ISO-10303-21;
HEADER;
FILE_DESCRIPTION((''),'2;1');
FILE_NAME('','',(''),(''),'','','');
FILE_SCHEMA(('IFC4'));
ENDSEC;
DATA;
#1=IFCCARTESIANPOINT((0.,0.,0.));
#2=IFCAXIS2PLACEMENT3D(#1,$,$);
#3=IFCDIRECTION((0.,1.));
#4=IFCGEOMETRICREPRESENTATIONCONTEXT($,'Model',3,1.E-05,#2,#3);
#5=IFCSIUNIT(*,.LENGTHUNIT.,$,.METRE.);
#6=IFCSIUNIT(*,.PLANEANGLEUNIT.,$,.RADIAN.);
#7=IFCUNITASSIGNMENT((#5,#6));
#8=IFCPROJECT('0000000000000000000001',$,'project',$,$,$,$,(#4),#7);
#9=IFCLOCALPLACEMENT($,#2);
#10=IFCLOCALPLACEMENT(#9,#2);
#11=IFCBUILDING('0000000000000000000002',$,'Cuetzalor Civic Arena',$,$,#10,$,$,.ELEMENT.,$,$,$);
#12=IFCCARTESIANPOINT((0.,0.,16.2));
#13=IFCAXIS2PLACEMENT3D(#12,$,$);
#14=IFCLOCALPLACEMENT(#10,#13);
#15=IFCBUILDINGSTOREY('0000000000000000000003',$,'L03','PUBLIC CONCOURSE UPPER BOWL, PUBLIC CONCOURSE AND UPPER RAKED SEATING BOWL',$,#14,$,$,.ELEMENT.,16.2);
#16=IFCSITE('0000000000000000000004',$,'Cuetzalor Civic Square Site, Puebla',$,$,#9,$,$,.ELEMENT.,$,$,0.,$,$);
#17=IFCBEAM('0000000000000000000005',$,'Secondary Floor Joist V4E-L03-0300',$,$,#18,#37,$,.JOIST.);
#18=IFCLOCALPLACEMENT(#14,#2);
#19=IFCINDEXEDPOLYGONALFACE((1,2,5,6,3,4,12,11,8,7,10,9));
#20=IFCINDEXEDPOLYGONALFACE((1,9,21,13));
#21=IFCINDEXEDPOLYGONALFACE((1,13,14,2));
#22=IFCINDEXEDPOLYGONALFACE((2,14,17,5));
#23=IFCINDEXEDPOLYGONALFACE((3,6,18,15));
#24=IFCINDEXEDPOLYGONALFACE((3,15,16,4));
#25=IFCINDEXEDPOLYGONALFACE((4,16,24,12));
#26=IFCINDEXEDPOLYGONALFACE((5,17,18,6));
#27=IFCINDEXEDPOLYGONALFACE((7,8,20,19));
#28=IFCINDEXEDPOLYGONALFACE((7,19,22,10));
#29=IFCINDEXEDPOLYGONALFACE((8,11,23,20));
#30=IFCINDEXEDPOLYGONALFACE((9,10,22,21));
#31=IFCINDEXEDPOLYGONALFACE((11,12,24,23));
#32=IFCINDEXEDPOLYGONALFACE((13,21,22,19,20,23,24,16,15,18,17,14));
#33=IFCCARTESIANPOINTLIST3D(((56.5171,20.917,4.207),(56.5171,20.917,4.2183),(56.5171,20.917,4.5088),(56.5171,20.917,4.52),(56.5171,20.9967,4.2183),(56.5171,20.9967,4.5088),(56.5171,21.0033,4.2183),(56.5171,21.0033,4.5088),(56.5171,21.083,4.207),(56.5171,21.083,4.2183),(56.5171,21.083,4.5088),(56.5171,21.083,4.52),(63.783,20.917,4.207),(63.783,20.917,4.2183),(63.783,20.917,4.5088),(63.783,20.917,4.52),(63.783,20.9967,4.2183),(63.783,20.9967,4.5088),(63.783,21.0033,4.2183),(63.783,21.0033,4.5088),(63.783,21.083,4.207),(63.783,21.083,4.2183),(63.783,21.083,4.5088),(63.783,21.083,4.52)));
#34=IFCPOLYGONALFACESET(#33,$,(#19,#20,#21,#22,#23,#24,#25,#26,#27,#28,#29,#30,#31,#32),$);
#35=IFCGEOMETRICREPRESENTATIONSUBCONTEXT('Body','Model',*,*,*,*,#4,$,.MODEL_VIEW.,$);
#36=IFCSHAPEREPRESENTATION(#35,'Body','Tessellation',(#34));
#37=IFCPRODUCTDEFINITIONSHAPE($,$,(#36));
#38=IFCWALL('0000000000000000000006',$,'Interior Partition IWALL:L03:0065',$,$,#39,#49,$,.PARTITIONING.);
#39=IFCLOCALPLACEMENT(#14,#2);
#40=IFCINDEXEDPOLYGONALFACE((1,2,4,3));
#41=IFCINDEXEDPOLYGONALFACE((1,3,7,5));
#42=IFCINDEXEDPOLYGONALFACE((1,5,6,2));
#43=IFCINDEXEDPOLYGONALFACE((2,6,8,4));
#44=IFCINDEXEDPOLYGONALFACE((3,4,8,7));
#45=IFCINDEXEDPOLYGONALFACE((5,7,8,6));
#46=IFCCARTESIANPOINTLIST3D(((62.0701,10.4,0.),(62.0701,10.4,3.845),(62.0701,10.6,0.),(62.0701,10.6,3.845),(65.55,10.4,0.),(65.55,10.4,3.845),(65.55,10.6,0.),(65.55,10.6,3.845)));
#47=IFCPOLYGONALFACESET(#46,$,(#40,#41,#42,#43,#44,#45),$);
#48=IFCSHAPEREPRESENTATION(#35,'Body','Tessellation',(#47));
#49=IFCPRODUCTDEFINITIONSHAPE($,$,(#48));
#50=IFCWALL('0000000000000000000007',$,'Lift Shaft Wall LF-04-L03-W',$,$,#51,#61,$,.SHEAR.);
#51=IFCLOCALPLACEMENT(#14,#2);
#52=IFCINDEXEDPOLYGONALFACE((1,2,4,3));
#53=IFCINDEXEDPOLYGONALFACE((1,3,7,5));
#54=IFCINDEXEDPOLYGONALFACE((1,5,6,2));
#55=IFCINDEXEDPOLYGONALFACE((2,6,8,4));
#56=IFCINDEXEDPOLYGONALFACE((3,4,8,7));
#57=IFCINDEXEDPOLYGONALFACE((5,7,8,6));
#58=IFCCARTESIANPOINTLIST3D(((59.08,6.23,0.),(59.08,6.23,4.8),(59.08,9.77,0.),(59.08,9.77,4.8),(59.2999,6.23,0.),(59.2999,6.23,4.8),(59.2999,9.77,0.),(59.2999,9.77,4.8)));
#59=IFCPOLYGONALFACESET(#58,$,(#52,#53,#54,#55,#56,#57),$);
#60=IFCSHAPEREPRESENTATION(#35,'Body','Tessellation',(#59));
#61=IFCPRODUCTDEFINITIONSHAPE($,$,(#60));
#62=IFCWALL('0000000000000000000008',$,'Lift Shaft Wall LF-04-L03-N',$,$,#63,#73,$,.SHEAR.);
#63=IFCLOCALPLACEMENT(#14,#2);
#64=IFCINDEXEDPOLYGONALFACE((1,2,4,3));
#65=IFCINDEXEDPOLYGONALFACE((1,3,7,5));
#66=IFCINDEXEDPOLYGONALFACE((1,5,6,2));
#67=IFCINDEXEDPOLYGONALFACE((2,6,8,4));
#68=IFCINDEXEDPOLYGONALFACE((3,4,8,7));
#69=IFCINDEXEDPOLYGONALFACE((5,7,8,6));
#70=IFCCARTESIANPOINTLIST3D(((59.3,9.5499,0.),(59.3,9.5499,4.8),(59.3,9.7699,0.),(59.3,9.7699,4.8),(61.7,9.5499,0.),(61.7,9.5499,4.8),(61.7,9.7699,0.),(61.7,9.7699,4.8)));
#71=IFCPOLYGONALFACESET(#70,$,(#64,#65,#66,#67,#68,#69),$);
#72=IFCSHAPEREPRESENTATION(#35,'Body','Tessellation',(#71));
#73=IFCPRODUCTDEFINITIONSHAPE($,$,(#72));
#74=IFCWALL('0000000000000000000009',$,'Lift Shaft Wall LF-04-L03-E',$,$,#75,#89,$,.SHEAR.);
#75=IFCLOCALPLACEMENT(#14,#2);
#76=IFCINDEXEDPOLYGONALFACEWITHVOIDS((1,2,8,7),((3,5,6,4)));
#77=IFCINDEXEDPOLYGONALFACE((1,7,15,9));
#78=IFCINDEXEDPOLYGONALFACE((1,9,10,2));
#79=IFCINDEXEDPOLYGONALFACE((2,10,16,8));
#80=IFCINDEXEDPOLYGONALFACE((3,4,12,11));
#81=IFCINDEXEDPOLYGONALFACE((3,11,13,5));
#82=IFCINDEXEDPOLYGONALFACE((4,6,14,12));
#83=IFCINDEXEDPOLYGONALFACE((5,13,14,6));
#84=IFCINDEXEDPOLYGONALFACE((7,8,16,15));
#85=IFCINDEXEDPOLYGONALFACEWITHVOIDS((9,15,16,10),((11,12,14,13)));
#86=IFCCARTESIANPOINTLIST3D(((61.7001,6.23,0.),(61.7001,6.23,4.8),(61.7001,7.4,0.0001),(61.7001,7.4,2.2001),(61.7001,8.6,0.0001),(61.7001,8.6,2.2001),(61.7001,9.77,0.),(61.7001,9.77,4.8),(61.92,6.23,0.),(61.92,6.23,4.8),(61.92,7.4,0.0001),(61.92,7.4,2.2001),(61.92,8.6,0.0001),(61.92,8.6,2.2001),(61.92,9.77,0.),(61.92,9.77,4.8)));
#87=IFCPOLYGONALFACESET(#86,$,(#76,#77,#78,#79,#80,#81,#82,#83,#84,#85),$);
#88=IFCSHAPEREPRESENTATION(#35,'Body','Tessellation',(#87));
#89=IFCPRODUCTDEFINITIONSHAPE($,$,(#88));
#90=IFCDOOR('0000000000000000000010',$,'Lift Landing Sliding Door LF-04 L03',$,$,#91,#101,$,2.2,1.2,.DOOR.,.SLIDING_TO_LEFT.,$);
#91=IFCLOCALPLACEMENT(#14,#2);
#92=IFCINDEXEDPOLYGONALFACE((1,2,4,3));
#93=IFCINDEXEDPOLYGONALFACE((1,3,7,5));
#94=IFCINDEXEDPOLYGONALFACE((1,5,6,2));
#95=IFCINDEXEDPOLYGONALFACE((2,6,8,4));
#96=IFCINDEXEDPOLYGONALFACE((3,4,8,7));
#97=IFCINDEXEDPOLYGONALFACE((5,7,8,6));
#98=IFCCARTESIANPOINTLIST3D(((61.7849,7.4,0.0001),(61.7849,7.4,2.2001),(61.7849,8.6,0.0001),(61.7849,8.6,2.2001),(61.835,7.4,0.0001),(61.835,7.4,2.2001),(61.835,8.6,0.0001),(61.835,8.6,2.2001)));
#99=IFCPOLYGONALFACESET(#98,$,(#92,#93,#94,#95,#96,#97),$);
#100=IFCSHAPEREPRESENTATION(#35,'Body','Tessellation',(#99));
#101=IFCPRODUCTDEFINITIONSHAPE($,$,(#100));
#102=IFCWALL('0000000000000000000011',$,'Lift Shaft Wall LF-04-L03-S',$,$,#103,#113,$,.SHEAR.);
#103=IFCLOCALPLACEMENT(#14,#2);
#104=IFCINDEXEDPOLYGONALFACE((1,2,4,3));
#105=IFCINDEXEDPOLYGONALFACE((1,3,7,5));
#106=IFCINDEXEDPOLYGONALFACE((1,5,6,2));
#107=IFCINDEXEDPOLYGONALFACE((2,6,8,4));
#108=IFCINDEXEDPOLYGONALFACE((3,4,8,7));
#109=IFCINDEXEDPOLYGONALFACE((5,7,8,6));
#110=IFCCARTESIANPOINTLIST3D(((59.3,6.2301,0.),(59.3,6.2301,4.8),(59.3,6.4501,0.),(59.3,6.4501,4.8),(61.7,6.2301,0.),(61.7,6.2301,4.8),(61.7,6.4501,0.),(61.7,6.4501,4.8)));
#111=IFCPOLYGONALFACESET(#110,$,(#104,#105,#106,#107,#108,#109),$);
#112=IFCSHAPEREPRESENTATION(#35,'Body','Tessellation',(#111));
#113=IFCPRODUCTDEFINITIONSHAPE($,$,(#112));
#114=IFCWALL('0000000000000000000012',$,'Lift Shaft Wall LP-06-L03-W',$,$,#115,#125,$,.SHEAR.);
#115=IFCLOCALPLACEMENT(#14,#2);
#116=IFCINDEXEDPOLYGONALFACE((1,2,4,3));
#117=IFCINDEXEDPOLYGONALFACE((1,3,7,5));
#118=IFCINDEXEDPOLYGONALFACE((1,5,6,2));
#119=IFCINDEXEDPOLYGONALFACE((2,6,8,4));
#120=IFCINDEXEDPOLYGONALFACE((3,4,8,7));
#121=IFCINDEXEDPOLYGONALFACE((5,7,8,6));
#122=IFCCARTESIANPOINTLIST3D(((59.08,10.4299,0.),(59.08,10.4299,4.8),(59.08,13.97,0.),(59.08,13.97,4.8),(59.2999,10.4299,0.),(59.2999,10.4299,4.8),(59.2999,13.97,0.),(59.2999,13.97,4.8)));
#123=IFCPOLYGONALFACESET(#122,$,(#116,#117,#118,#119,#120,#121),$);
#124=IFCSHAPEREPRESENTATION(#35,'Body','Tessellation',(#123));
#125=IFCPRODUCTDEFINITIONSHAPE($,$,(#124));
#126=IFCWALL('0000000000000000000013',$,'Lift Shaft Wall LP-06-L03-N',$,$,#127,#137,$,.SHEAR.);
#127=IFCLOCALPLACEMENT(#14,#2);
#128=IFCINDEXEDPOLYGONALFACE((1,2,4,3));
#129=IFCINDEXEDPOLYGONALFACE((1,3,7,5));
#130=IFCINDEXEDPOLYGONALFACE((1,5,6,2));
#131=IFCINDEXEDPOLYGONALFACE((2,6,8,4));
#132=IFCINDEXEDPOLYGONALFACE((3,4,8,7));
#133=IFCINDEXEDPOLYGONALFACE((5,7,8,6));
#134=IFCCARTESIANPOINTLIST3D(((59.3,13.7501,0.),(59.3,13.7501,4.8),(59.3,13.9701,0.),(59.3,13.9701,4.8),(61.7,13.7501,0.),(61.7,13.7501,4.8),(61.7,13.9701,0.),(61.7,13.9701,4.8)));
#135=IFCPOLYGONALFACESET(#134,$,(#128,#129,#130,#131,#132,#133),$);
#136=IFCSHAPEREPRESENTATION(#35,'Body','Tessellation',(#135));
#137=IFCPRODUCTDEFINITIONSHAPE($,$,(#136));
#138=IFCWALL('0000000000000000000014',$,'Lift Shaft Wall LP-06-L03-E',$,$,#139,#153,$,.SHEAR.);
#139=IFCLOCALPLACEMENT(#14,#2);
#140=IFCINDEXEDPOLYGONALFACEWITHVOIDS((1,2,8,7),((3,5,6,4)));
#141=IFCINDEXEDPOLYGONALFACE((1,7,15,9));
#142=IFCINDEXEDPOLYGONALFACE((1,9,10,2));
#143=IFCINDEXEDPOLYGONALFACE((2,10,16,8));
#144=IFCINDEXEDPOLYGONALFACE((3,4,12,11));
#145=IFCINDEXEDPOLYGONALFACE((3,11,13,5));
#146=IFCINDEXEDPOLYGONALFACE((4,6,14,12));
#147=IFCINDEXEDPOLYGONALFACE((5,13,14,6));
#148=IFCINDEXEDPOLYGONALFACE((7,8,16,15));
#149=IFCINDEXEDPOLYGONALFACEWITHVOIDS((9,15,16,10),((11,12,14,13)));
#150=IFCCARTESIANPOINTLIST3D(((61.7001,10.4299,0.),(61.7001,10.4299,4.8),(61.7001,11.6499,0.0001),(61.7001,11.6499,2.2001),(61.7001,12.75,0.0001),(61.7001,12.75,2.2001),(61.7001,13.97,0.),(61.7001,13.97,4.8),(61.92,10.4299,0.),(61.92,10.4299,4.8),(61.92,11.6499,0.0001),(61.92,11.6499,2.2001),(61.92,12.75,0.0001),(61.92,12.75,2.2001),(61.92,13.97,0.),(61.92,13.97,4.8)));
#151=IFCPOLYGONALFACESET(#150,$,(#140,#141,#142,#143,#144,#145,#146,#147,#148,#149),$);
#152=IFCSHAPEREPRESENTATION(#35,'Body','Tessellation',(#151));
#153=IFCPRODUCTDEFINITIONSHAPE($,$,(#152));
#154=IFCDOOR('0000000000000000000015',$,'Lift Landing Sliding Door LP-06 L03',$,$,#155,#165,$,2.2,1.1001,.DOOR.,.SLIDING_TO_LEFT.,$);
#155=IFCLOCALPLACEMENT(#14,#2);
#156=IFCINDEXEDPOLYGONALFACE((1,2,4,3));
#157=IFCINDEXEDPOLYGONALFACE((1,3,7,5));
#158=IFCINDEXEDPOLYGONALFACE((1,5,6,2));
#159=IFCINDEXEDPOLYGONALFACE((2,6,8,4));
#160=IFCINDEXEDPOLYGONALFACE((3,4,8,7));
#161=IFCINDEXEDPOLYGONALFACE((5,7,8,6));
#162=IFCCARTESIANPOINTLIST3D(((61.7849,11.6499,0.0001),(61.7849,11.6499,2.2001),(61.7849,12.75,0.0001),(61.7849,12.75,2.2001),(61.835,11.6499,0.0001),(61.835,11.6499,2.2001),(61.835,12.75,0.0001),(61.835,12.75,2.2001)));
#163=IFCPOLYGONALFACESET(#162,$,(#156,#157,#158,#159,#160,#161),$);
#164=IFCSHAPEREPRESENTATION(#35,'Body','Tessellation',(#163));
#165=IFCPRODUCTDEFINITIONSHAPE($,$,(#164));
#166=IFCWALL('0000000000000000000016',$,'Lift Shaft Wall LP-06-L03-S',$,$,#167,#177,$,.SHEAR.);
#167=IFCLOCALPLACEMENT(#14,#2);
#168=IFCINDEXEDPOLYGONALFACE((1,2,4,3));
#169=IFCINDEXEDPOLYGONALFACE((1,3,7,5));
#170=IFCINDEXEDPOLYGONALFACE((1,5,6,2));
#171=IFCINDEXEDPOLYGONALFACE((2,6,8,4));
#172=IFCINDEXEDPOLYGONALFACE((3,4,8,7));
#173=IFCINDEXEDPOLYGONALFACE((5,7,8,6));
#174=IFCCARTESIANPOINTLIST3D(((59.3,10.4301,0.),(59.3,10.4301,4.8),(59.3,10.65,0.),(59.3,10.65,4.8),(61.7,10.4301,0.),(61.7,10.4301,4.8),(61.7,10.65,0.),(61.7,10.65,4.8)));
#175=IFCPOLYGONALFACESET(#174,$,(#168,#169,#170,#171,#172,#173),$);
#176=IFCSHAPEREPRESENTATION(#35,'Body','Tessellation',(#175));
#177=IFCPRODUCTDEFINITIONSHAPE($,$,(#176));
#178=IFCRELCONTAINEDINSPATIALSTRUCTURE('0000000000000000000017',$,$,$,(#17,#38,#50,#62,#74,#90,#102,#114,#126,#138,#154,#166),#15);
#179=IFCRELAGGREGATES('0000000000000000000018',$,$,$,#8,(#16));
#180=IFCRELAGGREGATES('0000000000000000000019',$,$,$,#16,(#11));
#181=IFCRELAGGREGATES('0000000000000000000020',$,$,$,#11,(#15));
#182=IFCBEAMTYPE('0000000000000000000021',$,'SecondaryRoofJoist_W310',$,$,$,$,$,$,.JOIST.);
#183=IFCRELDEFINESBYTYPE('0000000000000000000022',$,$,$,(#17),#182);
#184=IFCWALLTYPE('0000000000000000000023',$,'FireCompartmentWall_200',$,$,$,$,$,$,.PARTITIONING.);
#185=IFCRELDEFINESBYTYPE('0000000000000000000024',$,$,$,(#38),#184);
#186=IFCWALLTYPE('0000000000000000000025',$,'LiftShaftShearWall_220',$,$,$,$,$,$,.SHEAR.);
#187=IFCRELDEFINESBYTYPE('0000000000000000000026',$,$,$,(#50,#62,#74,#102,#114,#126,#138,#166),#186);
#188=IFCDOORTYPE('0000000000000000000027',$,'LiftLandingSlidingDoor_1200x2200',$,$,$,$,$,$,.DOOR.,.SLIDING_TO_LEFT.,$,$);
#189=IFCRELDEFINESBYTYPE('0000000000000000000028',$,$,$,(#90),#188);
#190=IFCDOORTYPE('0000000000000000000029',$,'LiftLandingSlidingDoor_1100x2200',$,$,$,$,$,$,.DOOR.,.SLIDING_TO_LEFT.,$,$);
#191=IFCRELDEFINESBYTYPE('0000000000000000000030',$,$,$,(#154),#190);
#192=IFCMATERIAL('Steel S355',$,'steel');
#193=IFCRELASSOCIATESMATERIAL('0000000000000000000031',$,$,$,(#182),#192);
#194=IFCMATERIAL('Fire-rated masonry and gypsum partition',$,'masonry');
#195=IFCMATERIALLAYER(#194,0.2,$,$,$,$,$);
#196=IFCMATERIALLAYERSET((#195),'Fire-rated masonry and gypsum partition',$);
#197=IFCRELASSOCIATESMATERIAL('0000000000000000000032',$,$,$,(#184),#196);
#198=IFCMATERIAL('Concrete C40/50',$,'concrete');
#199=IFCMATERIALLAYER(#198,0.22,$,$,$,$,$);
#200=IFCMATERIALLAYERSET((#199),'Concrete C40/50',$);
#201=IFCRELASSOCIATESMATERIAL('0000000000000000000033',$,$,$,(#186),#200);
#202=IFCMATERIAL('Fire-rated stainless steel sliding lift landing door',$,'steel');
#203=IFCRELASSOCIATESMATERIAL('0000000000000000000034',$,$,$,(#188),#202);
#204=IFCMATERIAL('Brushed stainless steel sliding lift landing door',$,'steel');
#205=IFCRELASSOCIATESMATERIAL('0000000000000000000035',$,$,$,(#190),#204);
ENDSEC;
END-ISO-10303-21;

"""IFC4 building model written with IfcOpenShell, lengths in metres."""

from ifc_helpers import new_model, si_unit, direction, frame, frame_2d, origin, origin_2d, place, context, subcontext, project, spatial, rectangle, i_section, extrude, material, layer, layer_set, material_profile, profile_set, type_object, element, fill, save


model = new_model("IFC4")

# Units and contexts
model_context = context("Model", 3, precision=1e-05, world=origin(), true_north=direction((0.0, 1.0)))
body_context = subcontext(model_context, "Body", "Model", "MODEL_VIEW")
ifc_project = project(units=[si_unit("LENGTHUNIT", "METRE"), si_unit("PLANEANGLEUNIT", "RADIAN")], contexts=[model_context])

# Site, building, storey
site_placement = place(None, origin())
site = spatial("IfcSite", under=ifc_project, at=site_placement, Name="Cuetzalor Civic Square Site, Puebla", CompositionType="ELEMENT", RefElevation=0.0)
building_placement = place(site_placement, origin())
building = spatial("IfcBuilding", under=site, at=building_placement, Name="Cuetzalor Civic Arena", CompositionType="ELEMENT")
storey_placement = place(building_placement, frame((0.0, 0.0, 16.2)))
storey = spatial("IfcBuildingStorey", under=building, at=storey_placement, Name="L03", Description="PUBLIC CONCOURSE UPPER BOWL, PUBLIC CONCOURSE AND UPPER RAKED SEATING BOWL", CompositionType="ELEMENT", Elevation=16.2)

# Beam
ifc_material_1 = material(Name="Steel S355", Category="steel")
ifc_material_profile_1 = material_profile(ifc_material_1, i_section(OverallWidth=0.166, OverallDepth=0.313, WebThickness=0.0066, FlangeThickness=0.0112, at=origin_2d()), Name="W310x45")
ifc_profile_set_1 = profile_set([ifc_material_profile_1], Name="Steel S355")
beam_type_1 = type_object("IfcBeamType", Name="SecondaryRoofJoist_W310", PredefinedType="JOIST", material=ifc_profile_set_1)
for number, where, z_axis, x_axis, name in (
    (1, (56.5171, 21.0, 4.3635), (1.0, 0.0, 0.0), (0.0, 1.0, 0.0), "Secondary Floor Joist V4E-L03-0300"),
):
    element("IfcBeam", number, at=place(storey_placement, frame(where, z_axis=z_axis, x_axis=x_axis)), inside=storey, type_object=beam_type_1, Name=name, PredefinedType="JOIST", context=body_context, shape_type="SweptSolid", body=[
        extrude(i_section(OverallWidth=0.166, OverallDepth=0.313, WebThickness=0.0066, FlangeThickness=0.0112, at=origin_2d()), origin(), (0.0, 0.0, 1.0), 7.2659),
    ])

# Wall
ifc_material_2 = material(Name="Fire-rated masonry and gypsum partition", Category="masonry")
ifc_layer_1 = layer(ifc_material_2, 0.2)
ifc_layer_set_1 = layer_set([ifc_layer_1], Name="Fire-rated masonry and gypsum partition")
wall_type_1 = type_object("IfcWallType", Name="FireCompartmentWall_200", PredefinedType="PARTITIONING", material=ifc_layer_set_1)
wall_1_placement = place(storey_placement, frame((62.0701, 10.5, 0.0), z_axis=(0.0, 0.0, 1.0), x_axis=(1.0, 0.0, 0.0)))
element("IfcWall", 2, at=wall_1_placement, inside=storey, type_object=wall_type_1, Name="Interior Partition IWALL:L03:0065", PredefinedType="PARTITIONING", context=body_context, shape_type="SweptSolid", body=[
    extrude(rectangle(XDim=3.48, YDim=0.2, at=frame_2d((1.74, 0.0))), origin(), (0.0, 0.0, 1.0), 3.845),
])

# Walls
ifc_material_3 = material(Name="Concrete C40/50", Category="concrete")
ifc_layer_2 = layer(ifc_material_3, 0.22)
ifc_layer_set_2 = layer_set([ifc_layer_2], Name="Concrete C40/50")
wall_type_2 = type_object("IfcWallType", Name="LiftShaftShearWall_220", PredefinedType="SHEAR", material=ifc_layer_set_2)
wall_2_placement = place(storey_placement, frame((59.1899, 6.23, 0.0), z_axis=(0.0, 0.0, 1.0), x_axis=(0.0, 1.0, 0.0)))
element("IfcWall", 3, at=wall_2_placement, inside=storey, type_object=wall_type_2, Name="Lift Shaft Wall LF-04-L03-W", PredefinedType="SHEAR", context=body_context, shape_type="SweptSolid", body=[
    extrude(rectangle(XDim=3.54, YDim=0.22, at=frame_2d((1.77, 0.0))), origin(), (0.0, 0.0, 1.0), 4.8),
])
wall_3_placement = place(storey_placement, frame((59.3, 9.6599, 0.0), z_axis=(0.0, 0.0, 1.0), x_axis=(1.0, 0.0, 0.0)))
element("IfcWall", 4, at=wall_3_placement, inside=storey, type_object=wall_type_2, Name="Lift Shaft Wall LF-04-L03-N", PredefinedType="SHEAR", context=body_context, shape_type="SweptSolid", body=[
    extrude(rectangle(XDim=2.3999, YDim=0.22, at=frame_2d((1.2, 0.0))), origin(), (0.0, 0.0, 1.0), 4.8),
])

# Wall, opening, door
wall_4_placement = place(storey_placement, frame((61.8101, 9.77, 0.0), z_axis=(0.0, 0.0, 1.0), x_axis=(0.0, -1.0, 0.0)))
wall_4 = element("IfcWall", 5, at=wall_4_placement, inside=storey, type_object=wall_type_2, Name="Lift Shaft Wall LF-04-L03-E", PredefinedType="SHEAR", context=body_context, shape_type="SweptSolid", body=[
    extrude(rectangle(XDim=3.54, YDim=0.22, at=frame_2d((1.77, 0.0))), origin(), (0.0, 0.0, 1.0), 4.8),
])
opening_1_placement = place(wall_4_placement, frame((1.1699, 0.0, 0.0)))
opening_1 = element("IfcOpeningElement", 6, at=opening_1_placement, cuts=wall_4, PredefinedType="OPENING", context=body_context, shape_type="SweptSolid", body=[
    extrude(rectangle(XDim=1.2, YDim=2.2, at=frame_2d((0.6001, 1.1001))), frame((0.0, 0.1201, 0.0), z_axis=(0.0, -1.0, 0.0), x_axis=(1.0, 0.0, 0.0)), (0.0, 0.0, 1.0), 0.24),
])
ifc_material_4 = material(Name="Fire-rated stainless steel sliding lift landing door", Category="steel")
door_type_1 = type_object("IfcDoorType", Name="LiftLandingSlidingDoor_1200x2200", OperationType="SLIDING_TO_LEFT", PredefinedType="DOOR", material=ifc_material_4)
door_1_placement = place(opening_1_placement, origin())
door_1 = element("IfcDoor", 7, at=door_1_placement, inside=storey, type_object=door_type_1, Name="Lift Landing Sliding Door LF-04 L03", OperationType="SLIDING_TO_LEFT", OverallHeight=2.2, OverallWidth=1.2, PredefinedType="DOOR", context=body_context, shape_type="SweptSolid", body=[
    extrude(rectangle(XDim=1.2, YDim=2.2, at=frame_2d((0.6001, 1.1001))), frame((0.0, 0.0249, 0.0), z_axis=(0.0, -1.0, 0.0), x_axis=(1.0, 0.0, 0.0)), (0.0, 0.0, 1.0), 0.05),
])
fill(opening_1, door_1)

# Walls
wall_5_placement = place(storey_placement, frame((61.7, 6.3401, 0.0), z_axis=(0.0, 0.0, 1.0), x_axis=(-1.0, 0.0, 0.0)))
element("IfcWall", 8, at=wall_5_placement, inside=storey, type_object=wall_type_2, Name="Lift Shaft Wall LF-04-L03-S", PredefinedType="SHEAR", context=body_context, shape_type="SweptSolid", body=[
    extrude(rectangle(XDim=2.3999, YDim=0.22, at=frame_2d((1.2, 0.0))), origin(), (0.0, 0.0, 1.0), 4.8),
])
wall_6_placement = place(storey_placement, frame((59.1899, 10.4299, 0.0), z_axis=(0.0, 0.0, 1.0), x_axis=(0.0, 1.0, 0.0)))
element("IfcWall", 9, at=wall_6_placement, inside=storey, type_object=wall_type_2, Name="Lift Shaft Wall LP-06-L03-W", PredefinedType="SHEAR", context=body_context, shape_type="SweptSolid", body=[
    extrude(rectangle(XDim=3.54, YDim=0.22, at=frame_2d((1.77, 0.0))), origin(), (0.0, 0.0, 1.0), 4.8),
])
wall_7_placement = place(storey_placement, frame((59.3, 13.8601, 0.0), z_axis=(0.0, 0.0, 1.0), x_axis=(1.0, 0.0, 0.0)))
element("IfcWall", 10, at=wall_7_placement, inside=storey, type_object=wall_type_2, Name="Lift Shaft Wall LP-06-L03-N", PredefinedType="SHEAR", context=body_context, shape_type="SweptSolid", body=[
    extrude(rectangle(XDim=2.3999, YDim=0.22, at=frame_2d((1.2, 0.0))), origin(), (0.0, 0.0, 1.0), 4.8),
])

# Wall, opening, door
wall_8_placement = place(storey_placement, frame((61.8101, 13.97, 0.0), z_axis=(0.0, 0.0, 1.0), x_axis=(0.0, -1.0, 0.0)))
wall_8 = element("IfcWall", 11, at=wall_8_placement, inside=storey, type_object=wall_type_2, Name="Lift Shaft Wall LP-06-L03-E", PredefinedType="SHEAR", context=body_context, shape_type="SweptSolid", body=[
    extrude(rectangle(XDim=3.54, YDim=0.22, at=frame_2d((1.77, 0.0))), origin(), (0.0, 0.0, 1.0), 4.8),
])
opening_2_placement = place(wall_8_placement, frame((1.22, 0.0, 0.0)))
opening_2 = element("IfcOpeningElement", 12, at=opening_2_placement, cuts=wall_8, PredefinedType="OPENING", context=body_context, shape_type="SweptSolid", body=[
    extrude(rectangle(XDim=1.1001, YDim=2.2, at=frame_2d((0.55, 1.1001))), frame((0.0, 0.1201, 0.0), z_axis=(0.0, -1.0, 0.0), x_axis=(1.0, 0.0, 0.0)), (0.0, 0.0, 1.0), 0.24),
])
ifc_material_5 = material(Name="Brushed stainless steel sliding lift landing door", Category="steel")
door_type_2 = type_object("IfcDoorType", Name="LiftLandingSlidingDoor_1100x2200", OperationType="SLIDING_TO_LEFT", PredefinedType="DOOR", material=ifc_material_5)
door_2_placement = place(opening_2_placement, origin())
door_2 = element("IfcDoor", 13, at=door_2_placement, inside=storey, type_object=door_type_2, Name="Lift Landing Sliding Door LP-06 L03", OperationType="SLIDING_TO_LEFT", OverallHeight=2.2, OverallWidth=1.1001, PredefinedType="DOOR", context=body_context, shape_type="SweptSolid", body=[
    extrude(rectangle(XDim=1.1001, YDim=2.2, at=frame_2d((0.55, 1.1001))), frame((0.0, 0.0249, 0.0), z_axis=(0.0, -1.0, 0.0), x_axis=(1.0, 0.0, 0.0)), (0.0, 0.0, 1.0), 0.05),
])
fill(opening_2, door_2)

# Wall
wall_9_placement = place(storey_placement, frame((61.7, 10.54, 0.0), z_axis=(0.0, 0.0, 1.0), x_axis=(-1.0, 0.0, 0.0)))
element("IfcWall", 14, at=wall_9_placement, inside=storey, type_object=wall_type_2, Name="Lift Shaft Wall LP-06-L03-S", PredefinedType="SHEAR", context=body_context, shape_type="SweptSolid", body=[
    extrude(rectangle(XDim=2.3999, YDim=0.22, at=frame_2d((1.2, 0.0))), origin(), (0.0, 0.0, 1.0), 4.8),
])

save(model, "model.ifc")
